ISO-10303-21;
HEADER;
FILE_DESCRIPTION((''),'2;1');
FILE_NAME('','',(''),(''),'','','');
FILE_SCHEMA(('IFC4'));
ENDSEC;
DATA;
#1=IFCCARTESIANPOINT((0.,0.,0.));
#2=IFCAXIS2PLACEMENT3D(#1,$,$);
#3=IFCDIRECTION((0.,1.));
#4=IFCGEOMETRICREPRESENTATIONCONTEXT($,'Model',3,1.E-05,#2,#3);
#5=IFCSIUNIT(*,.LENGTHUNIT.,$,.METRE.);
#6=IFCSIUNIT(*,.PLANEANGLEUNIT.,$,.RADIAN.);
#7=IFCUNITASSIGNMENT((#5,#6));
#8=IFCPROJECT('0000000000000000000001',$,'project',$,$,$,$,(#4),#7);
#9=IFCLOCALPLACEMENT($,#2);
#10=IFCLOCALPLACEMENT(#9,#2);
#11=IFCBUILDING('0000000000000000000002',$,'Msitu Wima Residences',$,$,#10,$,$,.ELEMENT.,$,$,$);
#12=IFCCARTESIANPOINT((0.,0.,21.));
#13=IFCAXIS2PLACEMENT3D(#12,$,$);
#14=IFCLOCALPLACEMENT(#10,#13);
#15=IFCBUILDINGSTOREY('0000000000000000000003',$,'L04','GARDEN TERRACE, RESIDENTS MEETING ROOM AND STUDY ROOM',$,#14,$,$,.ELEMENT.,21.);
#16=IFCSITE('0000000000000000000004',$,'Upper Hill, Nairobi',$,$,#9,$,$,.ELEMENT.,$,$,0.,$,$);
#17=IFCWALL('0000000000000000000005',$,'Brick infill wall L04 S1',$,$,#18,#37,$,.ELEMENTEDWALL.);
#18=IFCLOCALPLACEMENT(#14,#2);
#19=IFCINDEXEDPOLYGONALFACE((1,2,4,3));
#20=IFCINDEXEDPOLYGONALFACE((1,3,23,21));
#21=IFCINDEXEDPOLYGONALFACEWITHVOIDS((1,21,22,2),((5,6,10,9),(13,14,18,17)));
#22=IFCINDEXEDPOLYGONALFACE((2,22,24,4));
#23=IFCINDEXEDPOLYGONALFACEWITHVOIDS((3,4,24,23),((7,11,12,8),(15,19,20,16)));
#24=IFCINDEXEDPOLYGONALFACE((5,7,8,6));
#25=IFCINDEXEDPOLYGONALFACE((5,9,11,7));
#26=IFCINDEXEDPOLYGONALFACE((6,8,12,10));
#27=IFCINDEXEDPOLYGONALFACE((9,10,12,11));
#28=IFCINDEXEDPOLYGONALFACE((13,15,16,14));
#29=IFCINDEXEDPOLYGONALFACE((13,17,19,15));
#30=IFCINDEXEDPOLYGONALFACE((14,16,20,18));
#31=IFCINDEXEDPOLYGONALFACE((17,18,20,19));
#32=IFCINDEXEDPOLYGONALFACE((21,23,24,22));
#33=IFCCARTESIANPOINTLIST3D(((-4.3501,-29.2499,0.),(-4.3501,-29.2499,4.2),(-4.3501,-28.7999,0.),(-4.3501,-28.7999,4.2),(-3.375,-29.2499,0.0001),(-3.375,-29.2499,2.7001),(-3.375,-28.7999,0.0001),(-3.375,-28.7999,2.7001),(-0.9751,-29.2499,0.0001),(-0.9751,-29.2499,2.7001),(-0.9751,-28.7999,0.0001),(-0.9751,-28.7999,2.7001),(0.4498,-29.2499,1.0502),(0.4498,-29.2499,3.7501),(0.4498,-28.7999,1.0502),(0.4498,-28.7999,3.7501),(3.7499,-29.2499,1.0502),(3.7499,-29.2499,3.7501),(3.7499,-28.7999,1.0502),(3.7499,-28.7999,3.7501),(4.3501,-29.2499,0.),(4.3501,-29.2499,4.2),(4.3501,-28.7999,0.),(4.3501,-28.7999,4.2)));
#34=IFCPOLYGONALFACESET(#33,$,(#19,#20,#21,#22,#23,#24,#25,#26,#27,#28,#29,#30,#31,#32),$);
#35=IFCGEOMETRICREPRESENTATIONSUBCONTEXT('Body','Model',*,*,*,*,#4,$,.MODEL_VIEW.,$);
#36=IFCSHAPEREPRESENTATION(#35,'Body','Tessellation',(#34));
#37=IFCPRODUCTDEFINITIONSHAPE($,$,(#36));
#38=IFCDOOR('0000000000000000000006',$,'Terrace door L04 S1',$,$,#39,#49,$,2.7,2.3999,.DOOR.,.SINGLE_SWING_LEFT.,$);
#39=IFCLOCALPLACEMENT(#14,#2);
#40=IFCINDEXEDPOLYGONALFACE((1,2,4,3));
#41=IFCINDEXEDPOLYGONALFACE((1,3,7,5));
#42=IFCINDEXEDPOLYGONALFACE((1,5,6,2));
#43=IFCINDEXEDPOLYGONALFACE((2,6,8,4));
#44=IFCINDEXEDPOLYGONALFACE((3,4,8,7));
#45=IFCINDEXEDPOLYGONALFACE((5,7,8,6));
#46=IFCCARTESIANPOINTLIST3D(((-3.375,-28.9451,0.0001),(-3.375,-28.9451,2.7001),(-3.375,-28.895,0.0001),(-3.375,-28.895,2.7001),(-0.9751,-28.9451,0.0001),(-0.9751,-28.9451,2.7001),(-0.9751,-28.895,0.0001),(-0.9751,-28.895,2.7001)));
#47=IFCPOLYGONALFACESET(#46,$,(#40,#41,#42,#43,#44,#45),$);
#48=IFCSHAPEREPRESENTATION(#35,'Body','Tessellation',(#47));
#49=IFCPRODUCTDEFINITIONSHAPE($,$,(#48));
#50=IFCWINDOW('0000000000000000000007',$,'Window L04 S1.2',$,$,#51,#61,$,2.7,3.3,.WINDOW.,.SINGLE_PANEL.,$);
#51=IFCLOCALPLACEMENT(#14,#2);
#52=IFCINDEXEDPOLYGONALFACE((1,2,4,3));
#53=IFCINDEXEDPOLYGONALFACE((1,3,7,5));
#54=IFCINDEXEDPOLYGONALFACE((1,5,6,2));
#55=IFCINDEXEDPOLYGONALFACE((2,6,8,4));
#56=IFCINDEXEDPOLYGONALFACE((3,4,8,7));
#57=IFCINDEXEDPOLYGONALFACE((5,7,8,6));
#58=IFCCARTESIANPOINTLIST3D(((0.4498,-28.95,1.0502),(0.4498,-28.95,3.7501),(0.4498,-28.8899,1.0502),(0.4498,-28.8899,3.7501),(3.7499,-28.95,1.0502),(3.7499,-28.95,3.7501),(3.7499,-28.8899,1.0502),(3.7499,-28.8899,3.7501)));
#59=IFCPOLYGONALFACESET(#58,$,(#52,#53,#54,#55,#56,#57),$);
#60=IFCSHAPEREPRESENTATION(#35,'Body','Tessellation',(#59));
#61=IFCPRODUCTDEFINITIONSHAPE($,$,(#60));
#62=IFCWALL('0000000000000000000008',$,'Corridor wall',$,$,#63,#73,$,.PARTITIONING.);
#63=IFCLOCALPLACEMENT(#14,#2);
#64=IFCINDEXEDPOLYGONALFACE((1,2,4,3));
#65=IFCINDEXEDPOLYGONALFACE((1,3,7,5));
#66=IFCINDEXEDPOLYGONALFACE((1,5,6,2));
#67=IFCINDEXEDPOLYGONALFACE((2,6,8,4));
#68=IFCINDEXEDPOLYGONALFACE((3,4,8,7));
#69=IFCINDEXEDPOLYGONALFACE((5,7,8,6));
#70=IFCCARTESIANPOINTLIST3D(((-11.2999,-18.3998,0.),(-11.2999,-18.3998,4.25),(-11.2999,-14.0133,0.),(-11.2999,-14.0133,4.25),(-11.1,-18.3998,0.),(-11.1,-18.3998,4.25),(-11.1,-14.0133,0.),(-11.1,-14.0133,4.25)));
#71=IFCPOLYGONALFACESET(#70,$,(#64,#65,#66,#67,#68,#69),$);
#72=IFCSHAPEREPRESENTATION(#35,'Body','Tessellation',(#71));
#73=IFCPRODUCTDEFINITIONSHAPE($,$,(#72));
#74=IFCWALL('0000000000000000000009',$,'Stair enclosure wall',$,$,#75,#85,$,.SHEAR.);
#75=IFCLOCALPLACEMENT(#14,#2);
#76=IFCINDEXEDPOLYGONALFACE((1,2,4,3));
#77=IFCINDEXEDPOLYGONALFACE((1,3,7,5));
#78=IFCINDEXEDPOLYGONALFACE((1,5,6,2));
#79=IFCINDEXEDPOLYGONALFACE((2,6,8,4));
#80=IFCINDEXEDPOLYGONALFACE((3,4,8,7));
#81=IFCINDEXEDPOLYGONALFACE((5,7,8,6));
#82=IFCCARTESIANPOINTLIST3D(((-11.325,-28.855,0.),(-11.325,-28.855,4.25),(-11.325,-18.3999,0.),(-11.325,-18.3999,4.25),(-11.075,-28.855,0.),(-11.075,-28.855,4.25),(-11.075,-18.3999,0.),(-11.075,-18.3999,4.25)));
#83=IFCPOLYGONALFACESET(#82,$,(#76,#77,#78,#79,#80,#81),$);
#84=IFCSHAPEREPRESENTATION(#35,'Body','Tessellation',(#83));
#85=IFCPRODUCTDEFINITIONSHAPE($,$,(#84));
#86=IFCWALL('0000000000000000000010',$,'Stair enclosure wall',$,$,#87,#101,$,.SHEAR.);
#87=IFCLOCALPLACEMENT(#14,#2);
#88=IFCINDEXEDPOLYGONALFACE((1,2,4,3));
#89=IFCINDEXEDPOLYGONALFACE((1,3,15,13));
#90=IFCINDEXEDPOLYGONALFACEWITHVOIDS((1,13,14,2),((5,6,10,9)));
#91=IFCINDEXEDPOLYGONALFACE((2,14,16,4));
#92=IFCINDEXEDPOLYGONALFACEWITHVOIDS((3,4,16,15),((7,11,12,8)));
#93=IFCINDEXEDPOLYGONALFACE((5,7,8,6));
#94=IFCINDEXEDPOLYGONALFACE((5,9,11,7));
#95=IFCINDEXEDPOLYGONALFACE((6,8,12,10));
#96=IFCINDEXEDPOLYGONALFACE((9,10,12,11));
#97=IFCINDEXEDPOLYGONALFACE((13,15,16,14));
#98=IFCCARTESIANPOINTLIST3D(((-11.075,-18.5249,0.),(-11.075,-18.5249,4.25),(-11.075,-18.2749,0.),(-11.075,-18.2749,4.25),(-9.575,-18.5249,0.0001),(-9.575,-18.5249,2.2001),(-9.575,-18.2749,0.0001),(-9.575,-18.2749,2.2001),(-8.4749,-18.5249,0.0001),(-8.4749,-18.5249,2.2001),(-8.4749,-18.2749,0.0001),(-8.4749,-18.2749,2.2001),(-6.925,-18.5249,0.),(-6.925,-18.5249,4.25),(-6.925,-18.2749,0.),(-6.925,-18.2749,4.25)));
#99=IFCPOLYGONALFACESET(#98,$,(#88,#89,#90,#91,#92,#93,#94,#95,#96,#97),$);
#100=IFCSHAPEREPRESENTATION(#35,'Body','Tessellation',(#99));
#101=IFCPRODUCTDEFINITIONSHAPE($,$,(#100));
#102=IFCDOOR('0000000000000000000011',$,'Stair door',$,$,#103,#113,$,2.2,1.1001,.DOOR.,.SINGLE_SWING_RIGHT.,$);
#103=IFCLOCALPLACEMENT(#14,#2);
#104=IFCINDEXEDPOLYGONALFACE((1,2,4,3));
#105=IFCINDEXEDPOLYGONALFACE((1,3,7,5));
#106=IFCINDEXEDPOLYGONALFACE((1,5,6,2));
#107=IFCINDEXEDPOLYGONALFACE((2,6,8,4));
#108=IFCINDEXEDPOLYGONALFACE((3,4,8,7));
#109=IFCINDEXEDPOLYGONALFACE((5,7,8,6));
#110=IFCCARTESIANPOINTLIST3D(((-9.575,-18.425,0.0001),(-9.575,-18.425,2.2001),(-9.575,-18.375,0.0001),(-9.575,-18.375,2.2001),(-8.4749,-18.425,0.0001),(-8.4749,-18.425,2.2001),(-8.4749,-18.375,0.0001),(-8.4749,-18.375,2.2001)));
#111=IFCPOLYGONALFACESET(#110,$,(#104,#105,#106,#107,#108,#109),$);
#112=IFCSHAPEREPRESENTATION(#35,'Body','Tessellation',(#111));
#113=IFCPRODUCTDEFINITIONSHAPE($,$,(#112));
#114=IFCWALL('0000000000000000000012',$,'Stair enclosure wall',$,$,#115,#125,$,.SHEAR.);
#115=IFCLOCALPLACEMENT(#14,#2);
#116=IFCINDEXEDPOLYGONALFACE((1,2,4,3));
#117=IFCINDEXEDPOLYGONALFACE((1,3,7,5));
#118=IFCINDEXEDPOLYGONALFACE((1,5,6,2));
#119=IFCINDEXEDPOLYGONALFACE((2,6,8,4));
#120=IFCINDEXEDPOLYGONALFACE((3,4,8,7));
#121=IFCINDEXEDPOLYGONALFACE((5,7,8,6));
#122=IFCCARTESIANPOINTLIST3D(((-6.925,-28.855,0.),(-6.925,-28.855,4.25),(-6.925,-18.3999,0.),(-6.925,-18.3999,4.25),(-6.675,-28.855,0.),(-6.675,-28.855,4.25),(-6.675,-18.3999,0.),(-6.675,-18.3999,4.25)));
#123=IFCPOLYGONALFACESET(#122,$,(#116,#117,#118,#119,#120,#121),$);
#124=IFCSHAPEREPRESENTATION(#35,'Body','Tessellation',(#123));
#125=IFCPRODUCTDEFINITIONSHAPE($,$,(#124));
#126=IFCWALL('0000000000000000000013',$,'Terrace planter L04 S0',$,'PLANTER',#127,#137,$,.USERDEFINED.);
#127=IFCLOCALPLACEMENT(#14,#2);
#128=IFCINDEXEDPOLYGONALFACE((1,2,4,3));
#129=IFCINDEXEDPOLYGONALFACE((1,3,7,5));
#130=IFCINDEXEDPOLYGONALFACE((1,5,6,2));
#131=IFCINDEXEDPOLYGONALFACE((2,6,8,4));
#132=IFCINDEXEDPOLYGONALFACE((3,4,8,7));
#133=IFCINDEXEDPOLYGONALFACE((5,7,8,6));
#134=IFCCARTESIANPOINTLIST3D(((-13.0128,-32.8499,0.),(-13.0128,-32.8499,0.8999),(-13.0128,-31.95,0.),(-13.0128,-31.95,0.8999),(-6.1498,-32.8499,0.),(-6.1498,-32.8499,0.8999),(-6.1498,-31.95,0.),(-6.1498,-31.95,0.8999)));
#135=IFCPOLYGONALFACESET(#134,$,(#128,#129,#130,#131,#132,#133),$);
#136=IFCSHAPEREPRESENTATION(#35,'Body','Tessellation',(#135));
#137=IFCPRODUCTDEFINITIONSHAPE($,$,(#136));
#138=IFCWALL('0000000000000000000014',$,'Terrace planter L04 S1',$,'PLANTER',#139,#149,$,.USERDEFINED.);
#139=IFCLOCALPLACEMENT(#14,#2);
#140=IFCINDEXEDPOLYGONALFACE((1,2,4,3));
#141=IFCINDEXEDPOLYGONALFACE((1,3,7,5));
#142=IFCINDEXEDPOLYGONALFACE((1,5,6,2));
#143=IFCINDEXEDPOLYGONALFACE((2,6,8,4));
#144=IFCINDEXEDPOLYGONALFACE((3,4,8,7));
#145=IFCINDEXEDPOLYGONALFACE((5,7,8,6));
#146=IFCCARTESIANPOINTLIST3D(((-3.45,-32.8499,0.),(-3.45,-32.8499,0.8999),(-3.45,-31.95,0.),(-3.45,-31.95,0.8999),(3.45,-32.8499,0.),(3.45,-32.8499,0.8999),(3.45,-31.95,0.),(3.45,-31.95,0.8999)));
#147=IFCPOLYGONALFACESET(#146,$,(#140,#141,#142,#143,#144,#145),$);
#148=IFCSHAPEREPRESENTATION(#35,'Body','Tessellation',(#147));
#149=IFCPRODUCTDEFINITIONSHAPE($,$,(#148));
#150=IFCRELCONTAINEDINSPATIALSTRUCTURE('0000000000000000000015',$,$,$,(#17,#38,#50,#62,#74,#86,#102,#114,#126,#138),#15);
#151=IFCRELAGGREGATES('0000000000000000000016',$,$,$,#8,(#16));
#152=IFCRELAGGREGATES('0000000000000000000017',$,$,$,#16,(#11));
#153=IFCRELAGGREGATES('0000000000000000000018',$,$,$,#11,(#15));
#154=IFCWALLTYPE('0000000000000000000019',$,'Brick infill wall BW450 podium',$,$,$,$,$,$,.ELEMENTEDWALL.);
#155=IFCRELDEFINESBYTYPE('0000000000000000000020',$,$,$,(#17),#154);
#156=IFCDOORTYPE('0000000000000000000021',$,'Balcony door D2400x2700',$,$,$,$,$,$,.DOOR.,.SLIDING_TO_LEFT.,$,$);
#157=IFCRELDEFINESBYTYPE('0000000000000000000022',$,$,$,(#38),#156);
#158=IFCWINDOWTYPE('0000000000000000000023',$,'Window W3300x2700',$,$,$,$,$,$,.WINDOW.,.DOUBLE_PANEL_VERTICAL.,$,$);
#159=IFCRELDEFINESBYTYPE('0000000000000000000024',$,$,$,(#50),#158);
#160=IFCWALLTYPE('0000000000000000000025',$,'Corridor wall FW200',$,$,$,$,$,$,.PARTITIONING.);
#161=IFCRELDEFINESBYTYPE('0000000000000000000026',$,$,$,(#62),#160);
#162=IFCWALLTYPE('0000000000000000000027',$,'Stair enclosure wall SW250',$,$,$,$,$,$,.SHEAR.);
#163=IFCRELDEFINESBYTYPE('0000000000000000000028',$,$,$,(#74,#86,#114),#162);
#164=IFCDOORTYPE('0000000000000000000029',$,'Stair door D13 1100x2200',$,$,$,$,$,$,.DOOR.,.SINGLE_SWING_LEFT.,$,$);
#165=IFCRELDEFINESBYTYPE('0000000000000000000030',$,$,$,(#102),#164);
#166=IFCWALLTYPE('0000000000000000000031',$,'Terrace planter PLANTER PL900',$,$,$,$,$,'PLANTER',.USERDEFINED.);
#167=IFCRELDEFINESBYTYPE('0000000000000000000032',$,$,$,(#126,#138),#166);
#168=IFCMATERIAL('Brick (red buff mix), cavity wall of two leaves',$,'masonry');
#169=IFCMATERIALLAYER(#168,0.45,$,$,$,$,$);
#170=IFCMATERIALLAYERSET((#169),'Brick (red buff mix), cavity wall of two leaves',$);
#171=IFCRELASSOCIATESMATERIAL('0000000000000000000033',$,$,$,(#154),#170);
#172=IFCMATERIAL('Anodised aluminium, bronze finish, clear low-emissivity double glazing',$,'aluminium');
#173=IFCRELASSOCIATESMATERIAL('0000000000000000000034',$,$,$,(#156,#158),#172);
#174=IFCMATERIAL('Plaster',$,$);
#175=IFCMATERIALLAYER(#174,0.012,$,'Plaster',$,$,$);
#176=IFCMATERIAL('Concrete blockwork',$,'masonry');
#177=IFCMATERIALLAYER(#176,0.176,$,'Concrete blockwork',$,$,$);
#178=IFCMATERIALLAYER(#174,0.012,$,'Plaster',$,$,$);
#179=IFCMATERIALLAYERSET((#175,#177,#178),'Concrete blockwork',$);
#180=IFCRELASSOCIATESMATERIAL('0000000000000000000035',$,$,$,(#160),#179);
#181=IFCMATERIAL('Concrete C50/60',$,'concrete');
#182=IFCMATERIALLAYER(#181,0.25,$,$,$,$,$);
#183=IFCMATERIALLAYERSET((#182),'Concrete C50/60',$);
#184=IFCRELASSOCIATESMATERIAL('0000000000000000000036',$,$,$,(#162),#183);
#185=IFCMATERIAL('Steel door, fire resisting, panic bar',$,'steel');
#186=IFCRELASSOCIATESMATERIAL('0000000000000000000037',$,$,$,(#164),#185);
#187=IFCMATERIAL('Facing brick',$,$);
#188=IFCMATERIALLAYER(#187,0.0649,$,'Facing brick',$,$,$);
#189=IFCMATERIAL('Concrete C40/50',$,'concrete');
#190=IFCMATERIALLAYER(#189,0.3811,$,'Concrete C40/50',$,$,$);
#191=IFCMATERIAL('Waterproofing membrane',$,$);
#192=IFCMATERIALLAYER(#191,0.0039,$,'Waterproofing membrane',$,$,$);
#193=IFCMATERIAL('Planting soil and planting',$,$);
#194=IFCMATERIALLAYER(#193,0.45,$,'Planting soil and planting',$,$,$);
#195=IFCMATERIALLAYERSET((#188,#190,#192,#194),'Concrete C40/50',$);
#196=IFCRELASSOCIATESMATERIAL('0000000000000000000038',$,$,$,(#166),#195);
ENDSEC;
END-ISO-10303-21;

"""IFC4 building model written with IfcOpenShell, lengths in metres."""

from ifc_helpers import new_model, si_unit, direction, frame, frame_2d, origin, place, context, subcontext, project, spatial, rectangle, extrude, material, layer, layer_set, type_object, element, fill, save


model = new_model("IFC4")

# Units and contexts
model_context = context("Model", 3, precision=1e-05, world=origin(), true_north=direction((0.0, 1.0)))
body_context = subcontext(model_context, "Body", "Model", "MODEL_VIEW")
ifc_project = project(units=[si_unit("LENGTHUNIT", "METRE"), si_unit("PLANEANGLEUNIT", "RADIAN")], contexts=[model_context])

# Site, building, storey
site_placement = place(None, origin())
site = spatial("IfcSite", under=ifc_project, at=site_placement, Name="Upper Hill, Nairobi", CompositionType="ELEMENT", RefElevation=0.0)
building_placement = place(site_placement, origin())
building = spatial("IfcBuilding", under=site, at=building_placement, Name="Msitu Wima Residences", CompositionType="ELEMENT")
storey_placement = place(building_placement, frame((0.0, 0.0, 21.0)))
storey = spatial("IfcBuildingStorey", under=building, at=storey_placement, Name="L04", Description="GARDEN TERRACE, RESIDENTS MEETING ROOM AND STUDY ROOM", CompositionType="ELEMENT", Elevation=21.0)

# Shared definitions
ifc_material_1 = material(Name="Concrete C50/60", Category="concrete")
ifc_material_2 = material(Name="Concrete C40/50", Category="concrete")

# Shared definitions
ifc_material_3 = material(Name="Brick (red buff mix), cavity wall of two leaves", Category="masonry")
ifc_layer_1 = layer(ifc_material_3, 0.45)
ifc_layer_set_1 = layer_set([ifc_layer_1], Name="Brick (red buff mix), cavity wall of two leaves")
wall_type_1 = type_object("IfcWallType", Name="Brick infill wall BW450 podium", PredefinedType="ELEMENTEDWALL", material=ifc_layer_set_1)
ifc_material_4 = material(Name="Anodised aluminium, bronze finish, clear low-emissivity double glazing", Category="aluminium")

# Wall, openings, door, window
wall_1_placement = place(storey_placement, frame((-4.3501, -29.0249, 0.0), z_axis=(0.0, 0.0, 1.0), x_axis=(1.0, 0.0, 0.0)))
wall_1 = element("IfcWall", 1, at=wall_1_placement, inside=storey, type_object=wall_type_1, Name="Brick infill wall L04 S1", PredefinedType="ELEMENTEDWALL", context=body_context, shape_type="SweptSolid", body=[
    extrude(rectangle(XDim=8.7002, YDim=0.45, at=frame_2d((4.3501, 0.0))), origin(), (0.0, 0.0, 1.0), 4.2),
])
opening_1_placement = place(wall_1_placement, frame((0.9751, 0.0, 0.0)))
opening_1 = element("IfcOpeningElement", 2, at=opening_1_placement, cuts=wall_1, PredefinedType="OPENING", context=body_context, shape_type="SweptSolid", body=[
    extrude(rectangle(XDim=2.3999, YDim=2.7, at=frame_2d((1.2, 1.3501))), frame((0.0, 0.2349, 0.0), z_axis=(0.0, -1.0, 0.0), x_axis=(1.0, 0.0, 0.0)), (0.0, 0.0, 1.0), 0.47),
])
opening_2_placement = place(wall_1_placement, frame((4.8, 0.0, 1.05)))
opening_2 = element("IfcOpeningElement", 3, at=opening_2_placement, cuts=wall_1, PredefinedType="OPENING", context=body_context, shape_type="SweptSolid", body=[
    extrude(rectangle(XDim=3.3, YDim=2.7, at=frame_2d((1.6499, 1.3501))), frame((0.0, 0.2349, 0.0), z_axis=(0.0, -1.0, 0.0), x_axis=(1.0, 0.0, 0.0)), (0.0, 0.0, 1.0), 0.47),
])
door_type_1 = type_object("IfcDoorType", Name="Balcony door D2400x2700", OperationType="SLIDING_TO_LEFT", PredefinedType="DOOR", material=ifc_material_4)
door_1_placement = place(opening_1_placement, origin())
door_1 = element("IfcDoor", 4, at=door_1_placement, inside=storey, type_object=door_type_1, Name="Terrace door L04 S1", OperationType="SINGLE_SWING_LEFT", OverallHeight=2.7, OverallWidth=2.3999, PredefinedType="DOOR", context=body_context, shape_type="SweptSolid", body=[
    extrude(rectangle(XDim=2.3999, YDim=2.7, at=frame_2d((1.2, 1.3501))), frame((0.0, 0.1299, 0.0), z_axis=(0.0, -1.0, 0.0), x_axis=(1.0, 0.0, 0.0)), (0.0, 0.0, 1.0), 0.05),
])
fill(opening_1, door_1)
window_type_1 = type_object("IfcWindowType", Name="Window W3300x2700", PartitioningType="DOUBLE_PANEL_VERTICAL", PredefinedType="WINDOW", material=ifc_material_4)
window_1_placement = place(opening_2_placement, origin())
window_1 = element("IfcWindow", 5, at=window_1_placement, inside=storey, type_object=window_type_1, Name="Window L04 S1.2", OverallHeight=2.7, OverallWidth=3.3, PartitioningType="SINGLE_PANEL", PredefinedType="WINDOW", context=body_context, shape_type="SweptSolid", body=[
    extrude(rectangle(XDim=3.3, YDim=2.7, at=frame_2d((1.6499, 1.3501))), frame((0.0, 0.135, 0.0), z_axis=(0.0, -1.0, 0.0), x_axis=(1.0, 0.0, 0.0)), (0.0, 0.0, 1.0), 0.0601),
])
fill(opening_2, window_1)

# Wall
ifc_material_5 = material(Name="Plaster")
ifc_layer_2 = layer(ifc_material_5, 0.012, Name="Plaster")
ifc_material_6 = material(Name="Concrete blockwork", Category="masonry")
ifc_layer_3 = layer(ifc_material_6, 0.176, Name="Concrete blockwork")
ifc_layer_4 = layer(ifc_material_5, 0.012, Name="Plaster")
ifc_layer_set_2 = layer_set([ifc_layer_2, ifc_layer_3, ifc_layer_4], Name="Concrete blockwork")
wall_type_2 = type_object("IfcWallType", Name="Corridor wall FW200", PredefinedType="PARTITIONING", material=ifc_layer_set_2)
wall_2_placement = place(storey_placement, frame((-11.2, -18.3999, 0.0), z_axis=(0.0, 0.0, 1.0), x_axis=(0.0, 1.0, 0.0)))
element("IfcWall", 6, at=wall_2_placement, inside=storey, type_object=wall_type_2, Name="Corridor wall", PredefinedType="PARTITIONING", context=body_context, shape_type="SweptSolid", body=[
    extrude(rectangle(XDim=4.3865, YDim=0.2, at=frame_2d((2.1934, 0.0))), origin(), (0.0, 0.0, 1.0), 4.25),
])

# Wall
ifc_layer_5 = layer(ifc_material_1, 0.25)
ifc_layer_set_3 = layer_set([ifc_layer_5], Name="Concrete C50/60")
wall_type_3 = type_object("IfcWallType", Name="Stair enclosure wall SW250", PredefinedType="SHEAR", material=ifc_layer_set_3)
wall_3_placement = place(storey_placement, frame((-11.2, -28.855, 0.0), z_axis=(0.0, 0.0, 1.0), x_axis=(0.0, 1.0, 0.0)))
element("IfcWall", 7, at=wall_3_placement, inside=storey, type_object=wall_type_3, Name="Stair enclosure wall", PredefinedType="SHEAR", context=body_context, shape_type="SweptSolid", body=[
    extrude(rectangle(XDim=10.4551, YDim=0.25, at=frame_2d((5.2275, 0.0))), origin(), (0.0, 0.0, 1.0), 4.25),
])

# Wall, opening, door
wall_4_placement = place(storey_placement, frame((-11.075, -18.3999, 0.0), z_axis=(0.0, 0.0, 1.0), x_axis=(1.0, 0.0, 0.0)))
wall_4 = element("IfcWall", 8, at=wall_4_placement, inside=storey, type_object=wall_type_3, Name="Stair enclosure wall", PredefinedType="SHEAR", context=body_context, shape_type="SweptSolid", body=[
    extrude(rectangle(XDim=4.1499, YDim=0.25, at=frame_2d((2.075, 0.0))), origin(), (0.0, 0.0, 1.0), 4.25),
])
opening_3_placement = place(wall_4_placement, frame((1.5, 0.0, 0.0)))
opening_3 = element("IfcOpeningElement", 9, at=opening_3_placement, cuts=wall_4, PredefinedType="OPENING", context=body_context, shape_type="SweptSolid", body=[
    extrude(rectangle(XDim=1.1001, YDim=2.2, at=frame_2d((0.55, 1.1001))), frame((0.0, 0.135, 0.0), z_axis=(0.0, -1.0, 0.0), x_axis=(1.0, 0.0, 0.0)), (0.0, 0.0, 1.0), 0.27),
])
ifc_material_7 = material(Name="Steel door, fire resisting, panic bar", Category="steel")
door_type_2 = type_object("IfcDoorType", Name="Stair door D13 1100x2200", OperationType="SINGLE_SWING_LEFT", PredefinedType="DOOR", material=ifc_material_7)
door_2_placement = place(opening_3_placement, origin())
door_2 = element("IfcDoor", 10, at=door_2_placement, inside=storey, type_object=door_type_2, Name="Stair door", OperationType="SINGLE_SWING_RIGHT", OverallHeight=2.2, OverallWidth=1.1001, PredefinedType="DOOR", context=body_context, shape_type="SweptSolid", body=[
    extrude(rectangle(XDim=1.1001, YDim=2.2, at=frame_2d((0.55, 1.1001))), frame((0.0, 0.0249, 0.0), z_axis=(0.0, -1.0, 0.0), x_axis=(1.0, 0.0, 0.0)), (0.0, 0.0, 1.0), 0.05),
])
fill(opening_3, door_2)

# Walls
wall_5_placement = place(storey_placement, frame((-6.8, -28.855, 0.0), z_axis=(0.0, 0.0, 1.0), x_axis=(0.0, 1.0, 0.0)))
element("IfcWall", 11, at=wall_5_placement, inside=storey, type_object=wall_type_3, Name="Stair enclosure wall", PredefinedType="SHEAR", context=body_context, shape_type="SweptSolid", body=[
    extrude(rectangle(XDim=10.4551, YDim=0.25, at=frame_2d((5.2275, 0.0))), origin(), (0.0, 0.0, 1.0), 4.25),
])
ifc_material_8 = material(Name="Facing brick")
ifc_layer_6 = layer(ifc_material_8, 0.0649, Name="Facing brick")
ifc_layer_7 = layer(ifc_material_2, 0.3811, Name="Concrete C40/50")
ifc_material_9 = material(Name="Waterproofing membrane")
ifc_layer_8 = layer(ifc_material_9, 0.0039, Name="Waterproofing membrane")
ifc_material_10 = material(Name="Planting soil and planting")
ifc_layer_9 = layer(ifc_material_10, 0.45, Name="Planting soil and planting")
ifc_layer_set_4 = layer_set([ifc_layer_6, ifc_layer_7, ifc_layer_8, ifc_layer_9], Name="Concrete C40/50")
wall_type_4 = type_object("IfcWallType", Name="Terrace planter PLANTER PL900", ElementType="PLANTER", PredefinedType="USERDEFINED", material=ifc_layer_set_4)
wall_6_placement = place(storey_placement, frame((-13.0129, -32.3999, 0.0), z_axis=(0.0, 0.0, 1.0), x_axis=(1.0, 0.0, 0.0)))
element("IfcWall", 12, at=wall_6_placement, inside=storey, type_object=wall_type_4, Name="Terrace planter L04 S0", ObjectType="PLANTER", PredefinedType="USERDEFINED", context=body_context, shape_type="SweptSolid", body=[
    extrude(rectangle(XDim=6.863, YDim=0.8999, at=frame_2d((3.4316, 0.0))), origin(), (0.0, 0.0, 1.0), 0.8999),
])
wall_7_placement = place(storey_placement, frame((-3.45, -32.3999, 0.0), z_axis=(0.0, 0.0, 1.0), x_axis=(1.0, 0.0, 0.0)))
element("IfcWall", 13, at=wall_7_placement, inside=storey, type_object=wall_type_4, Name="Terrace planter L04 S1", ObjectType="PLANTER", PredefinedType="USERDEFINED", context=body_context, shape_type="SweptSolid", body=[
    extrude(rectangle(XDim=6.8999, YDim=0.8999, at=frame_2d((3.45, 0.0))), origin(), (0.0, 0.0, 1.0), 0.8999),
])

save(model, "model.ifc")
